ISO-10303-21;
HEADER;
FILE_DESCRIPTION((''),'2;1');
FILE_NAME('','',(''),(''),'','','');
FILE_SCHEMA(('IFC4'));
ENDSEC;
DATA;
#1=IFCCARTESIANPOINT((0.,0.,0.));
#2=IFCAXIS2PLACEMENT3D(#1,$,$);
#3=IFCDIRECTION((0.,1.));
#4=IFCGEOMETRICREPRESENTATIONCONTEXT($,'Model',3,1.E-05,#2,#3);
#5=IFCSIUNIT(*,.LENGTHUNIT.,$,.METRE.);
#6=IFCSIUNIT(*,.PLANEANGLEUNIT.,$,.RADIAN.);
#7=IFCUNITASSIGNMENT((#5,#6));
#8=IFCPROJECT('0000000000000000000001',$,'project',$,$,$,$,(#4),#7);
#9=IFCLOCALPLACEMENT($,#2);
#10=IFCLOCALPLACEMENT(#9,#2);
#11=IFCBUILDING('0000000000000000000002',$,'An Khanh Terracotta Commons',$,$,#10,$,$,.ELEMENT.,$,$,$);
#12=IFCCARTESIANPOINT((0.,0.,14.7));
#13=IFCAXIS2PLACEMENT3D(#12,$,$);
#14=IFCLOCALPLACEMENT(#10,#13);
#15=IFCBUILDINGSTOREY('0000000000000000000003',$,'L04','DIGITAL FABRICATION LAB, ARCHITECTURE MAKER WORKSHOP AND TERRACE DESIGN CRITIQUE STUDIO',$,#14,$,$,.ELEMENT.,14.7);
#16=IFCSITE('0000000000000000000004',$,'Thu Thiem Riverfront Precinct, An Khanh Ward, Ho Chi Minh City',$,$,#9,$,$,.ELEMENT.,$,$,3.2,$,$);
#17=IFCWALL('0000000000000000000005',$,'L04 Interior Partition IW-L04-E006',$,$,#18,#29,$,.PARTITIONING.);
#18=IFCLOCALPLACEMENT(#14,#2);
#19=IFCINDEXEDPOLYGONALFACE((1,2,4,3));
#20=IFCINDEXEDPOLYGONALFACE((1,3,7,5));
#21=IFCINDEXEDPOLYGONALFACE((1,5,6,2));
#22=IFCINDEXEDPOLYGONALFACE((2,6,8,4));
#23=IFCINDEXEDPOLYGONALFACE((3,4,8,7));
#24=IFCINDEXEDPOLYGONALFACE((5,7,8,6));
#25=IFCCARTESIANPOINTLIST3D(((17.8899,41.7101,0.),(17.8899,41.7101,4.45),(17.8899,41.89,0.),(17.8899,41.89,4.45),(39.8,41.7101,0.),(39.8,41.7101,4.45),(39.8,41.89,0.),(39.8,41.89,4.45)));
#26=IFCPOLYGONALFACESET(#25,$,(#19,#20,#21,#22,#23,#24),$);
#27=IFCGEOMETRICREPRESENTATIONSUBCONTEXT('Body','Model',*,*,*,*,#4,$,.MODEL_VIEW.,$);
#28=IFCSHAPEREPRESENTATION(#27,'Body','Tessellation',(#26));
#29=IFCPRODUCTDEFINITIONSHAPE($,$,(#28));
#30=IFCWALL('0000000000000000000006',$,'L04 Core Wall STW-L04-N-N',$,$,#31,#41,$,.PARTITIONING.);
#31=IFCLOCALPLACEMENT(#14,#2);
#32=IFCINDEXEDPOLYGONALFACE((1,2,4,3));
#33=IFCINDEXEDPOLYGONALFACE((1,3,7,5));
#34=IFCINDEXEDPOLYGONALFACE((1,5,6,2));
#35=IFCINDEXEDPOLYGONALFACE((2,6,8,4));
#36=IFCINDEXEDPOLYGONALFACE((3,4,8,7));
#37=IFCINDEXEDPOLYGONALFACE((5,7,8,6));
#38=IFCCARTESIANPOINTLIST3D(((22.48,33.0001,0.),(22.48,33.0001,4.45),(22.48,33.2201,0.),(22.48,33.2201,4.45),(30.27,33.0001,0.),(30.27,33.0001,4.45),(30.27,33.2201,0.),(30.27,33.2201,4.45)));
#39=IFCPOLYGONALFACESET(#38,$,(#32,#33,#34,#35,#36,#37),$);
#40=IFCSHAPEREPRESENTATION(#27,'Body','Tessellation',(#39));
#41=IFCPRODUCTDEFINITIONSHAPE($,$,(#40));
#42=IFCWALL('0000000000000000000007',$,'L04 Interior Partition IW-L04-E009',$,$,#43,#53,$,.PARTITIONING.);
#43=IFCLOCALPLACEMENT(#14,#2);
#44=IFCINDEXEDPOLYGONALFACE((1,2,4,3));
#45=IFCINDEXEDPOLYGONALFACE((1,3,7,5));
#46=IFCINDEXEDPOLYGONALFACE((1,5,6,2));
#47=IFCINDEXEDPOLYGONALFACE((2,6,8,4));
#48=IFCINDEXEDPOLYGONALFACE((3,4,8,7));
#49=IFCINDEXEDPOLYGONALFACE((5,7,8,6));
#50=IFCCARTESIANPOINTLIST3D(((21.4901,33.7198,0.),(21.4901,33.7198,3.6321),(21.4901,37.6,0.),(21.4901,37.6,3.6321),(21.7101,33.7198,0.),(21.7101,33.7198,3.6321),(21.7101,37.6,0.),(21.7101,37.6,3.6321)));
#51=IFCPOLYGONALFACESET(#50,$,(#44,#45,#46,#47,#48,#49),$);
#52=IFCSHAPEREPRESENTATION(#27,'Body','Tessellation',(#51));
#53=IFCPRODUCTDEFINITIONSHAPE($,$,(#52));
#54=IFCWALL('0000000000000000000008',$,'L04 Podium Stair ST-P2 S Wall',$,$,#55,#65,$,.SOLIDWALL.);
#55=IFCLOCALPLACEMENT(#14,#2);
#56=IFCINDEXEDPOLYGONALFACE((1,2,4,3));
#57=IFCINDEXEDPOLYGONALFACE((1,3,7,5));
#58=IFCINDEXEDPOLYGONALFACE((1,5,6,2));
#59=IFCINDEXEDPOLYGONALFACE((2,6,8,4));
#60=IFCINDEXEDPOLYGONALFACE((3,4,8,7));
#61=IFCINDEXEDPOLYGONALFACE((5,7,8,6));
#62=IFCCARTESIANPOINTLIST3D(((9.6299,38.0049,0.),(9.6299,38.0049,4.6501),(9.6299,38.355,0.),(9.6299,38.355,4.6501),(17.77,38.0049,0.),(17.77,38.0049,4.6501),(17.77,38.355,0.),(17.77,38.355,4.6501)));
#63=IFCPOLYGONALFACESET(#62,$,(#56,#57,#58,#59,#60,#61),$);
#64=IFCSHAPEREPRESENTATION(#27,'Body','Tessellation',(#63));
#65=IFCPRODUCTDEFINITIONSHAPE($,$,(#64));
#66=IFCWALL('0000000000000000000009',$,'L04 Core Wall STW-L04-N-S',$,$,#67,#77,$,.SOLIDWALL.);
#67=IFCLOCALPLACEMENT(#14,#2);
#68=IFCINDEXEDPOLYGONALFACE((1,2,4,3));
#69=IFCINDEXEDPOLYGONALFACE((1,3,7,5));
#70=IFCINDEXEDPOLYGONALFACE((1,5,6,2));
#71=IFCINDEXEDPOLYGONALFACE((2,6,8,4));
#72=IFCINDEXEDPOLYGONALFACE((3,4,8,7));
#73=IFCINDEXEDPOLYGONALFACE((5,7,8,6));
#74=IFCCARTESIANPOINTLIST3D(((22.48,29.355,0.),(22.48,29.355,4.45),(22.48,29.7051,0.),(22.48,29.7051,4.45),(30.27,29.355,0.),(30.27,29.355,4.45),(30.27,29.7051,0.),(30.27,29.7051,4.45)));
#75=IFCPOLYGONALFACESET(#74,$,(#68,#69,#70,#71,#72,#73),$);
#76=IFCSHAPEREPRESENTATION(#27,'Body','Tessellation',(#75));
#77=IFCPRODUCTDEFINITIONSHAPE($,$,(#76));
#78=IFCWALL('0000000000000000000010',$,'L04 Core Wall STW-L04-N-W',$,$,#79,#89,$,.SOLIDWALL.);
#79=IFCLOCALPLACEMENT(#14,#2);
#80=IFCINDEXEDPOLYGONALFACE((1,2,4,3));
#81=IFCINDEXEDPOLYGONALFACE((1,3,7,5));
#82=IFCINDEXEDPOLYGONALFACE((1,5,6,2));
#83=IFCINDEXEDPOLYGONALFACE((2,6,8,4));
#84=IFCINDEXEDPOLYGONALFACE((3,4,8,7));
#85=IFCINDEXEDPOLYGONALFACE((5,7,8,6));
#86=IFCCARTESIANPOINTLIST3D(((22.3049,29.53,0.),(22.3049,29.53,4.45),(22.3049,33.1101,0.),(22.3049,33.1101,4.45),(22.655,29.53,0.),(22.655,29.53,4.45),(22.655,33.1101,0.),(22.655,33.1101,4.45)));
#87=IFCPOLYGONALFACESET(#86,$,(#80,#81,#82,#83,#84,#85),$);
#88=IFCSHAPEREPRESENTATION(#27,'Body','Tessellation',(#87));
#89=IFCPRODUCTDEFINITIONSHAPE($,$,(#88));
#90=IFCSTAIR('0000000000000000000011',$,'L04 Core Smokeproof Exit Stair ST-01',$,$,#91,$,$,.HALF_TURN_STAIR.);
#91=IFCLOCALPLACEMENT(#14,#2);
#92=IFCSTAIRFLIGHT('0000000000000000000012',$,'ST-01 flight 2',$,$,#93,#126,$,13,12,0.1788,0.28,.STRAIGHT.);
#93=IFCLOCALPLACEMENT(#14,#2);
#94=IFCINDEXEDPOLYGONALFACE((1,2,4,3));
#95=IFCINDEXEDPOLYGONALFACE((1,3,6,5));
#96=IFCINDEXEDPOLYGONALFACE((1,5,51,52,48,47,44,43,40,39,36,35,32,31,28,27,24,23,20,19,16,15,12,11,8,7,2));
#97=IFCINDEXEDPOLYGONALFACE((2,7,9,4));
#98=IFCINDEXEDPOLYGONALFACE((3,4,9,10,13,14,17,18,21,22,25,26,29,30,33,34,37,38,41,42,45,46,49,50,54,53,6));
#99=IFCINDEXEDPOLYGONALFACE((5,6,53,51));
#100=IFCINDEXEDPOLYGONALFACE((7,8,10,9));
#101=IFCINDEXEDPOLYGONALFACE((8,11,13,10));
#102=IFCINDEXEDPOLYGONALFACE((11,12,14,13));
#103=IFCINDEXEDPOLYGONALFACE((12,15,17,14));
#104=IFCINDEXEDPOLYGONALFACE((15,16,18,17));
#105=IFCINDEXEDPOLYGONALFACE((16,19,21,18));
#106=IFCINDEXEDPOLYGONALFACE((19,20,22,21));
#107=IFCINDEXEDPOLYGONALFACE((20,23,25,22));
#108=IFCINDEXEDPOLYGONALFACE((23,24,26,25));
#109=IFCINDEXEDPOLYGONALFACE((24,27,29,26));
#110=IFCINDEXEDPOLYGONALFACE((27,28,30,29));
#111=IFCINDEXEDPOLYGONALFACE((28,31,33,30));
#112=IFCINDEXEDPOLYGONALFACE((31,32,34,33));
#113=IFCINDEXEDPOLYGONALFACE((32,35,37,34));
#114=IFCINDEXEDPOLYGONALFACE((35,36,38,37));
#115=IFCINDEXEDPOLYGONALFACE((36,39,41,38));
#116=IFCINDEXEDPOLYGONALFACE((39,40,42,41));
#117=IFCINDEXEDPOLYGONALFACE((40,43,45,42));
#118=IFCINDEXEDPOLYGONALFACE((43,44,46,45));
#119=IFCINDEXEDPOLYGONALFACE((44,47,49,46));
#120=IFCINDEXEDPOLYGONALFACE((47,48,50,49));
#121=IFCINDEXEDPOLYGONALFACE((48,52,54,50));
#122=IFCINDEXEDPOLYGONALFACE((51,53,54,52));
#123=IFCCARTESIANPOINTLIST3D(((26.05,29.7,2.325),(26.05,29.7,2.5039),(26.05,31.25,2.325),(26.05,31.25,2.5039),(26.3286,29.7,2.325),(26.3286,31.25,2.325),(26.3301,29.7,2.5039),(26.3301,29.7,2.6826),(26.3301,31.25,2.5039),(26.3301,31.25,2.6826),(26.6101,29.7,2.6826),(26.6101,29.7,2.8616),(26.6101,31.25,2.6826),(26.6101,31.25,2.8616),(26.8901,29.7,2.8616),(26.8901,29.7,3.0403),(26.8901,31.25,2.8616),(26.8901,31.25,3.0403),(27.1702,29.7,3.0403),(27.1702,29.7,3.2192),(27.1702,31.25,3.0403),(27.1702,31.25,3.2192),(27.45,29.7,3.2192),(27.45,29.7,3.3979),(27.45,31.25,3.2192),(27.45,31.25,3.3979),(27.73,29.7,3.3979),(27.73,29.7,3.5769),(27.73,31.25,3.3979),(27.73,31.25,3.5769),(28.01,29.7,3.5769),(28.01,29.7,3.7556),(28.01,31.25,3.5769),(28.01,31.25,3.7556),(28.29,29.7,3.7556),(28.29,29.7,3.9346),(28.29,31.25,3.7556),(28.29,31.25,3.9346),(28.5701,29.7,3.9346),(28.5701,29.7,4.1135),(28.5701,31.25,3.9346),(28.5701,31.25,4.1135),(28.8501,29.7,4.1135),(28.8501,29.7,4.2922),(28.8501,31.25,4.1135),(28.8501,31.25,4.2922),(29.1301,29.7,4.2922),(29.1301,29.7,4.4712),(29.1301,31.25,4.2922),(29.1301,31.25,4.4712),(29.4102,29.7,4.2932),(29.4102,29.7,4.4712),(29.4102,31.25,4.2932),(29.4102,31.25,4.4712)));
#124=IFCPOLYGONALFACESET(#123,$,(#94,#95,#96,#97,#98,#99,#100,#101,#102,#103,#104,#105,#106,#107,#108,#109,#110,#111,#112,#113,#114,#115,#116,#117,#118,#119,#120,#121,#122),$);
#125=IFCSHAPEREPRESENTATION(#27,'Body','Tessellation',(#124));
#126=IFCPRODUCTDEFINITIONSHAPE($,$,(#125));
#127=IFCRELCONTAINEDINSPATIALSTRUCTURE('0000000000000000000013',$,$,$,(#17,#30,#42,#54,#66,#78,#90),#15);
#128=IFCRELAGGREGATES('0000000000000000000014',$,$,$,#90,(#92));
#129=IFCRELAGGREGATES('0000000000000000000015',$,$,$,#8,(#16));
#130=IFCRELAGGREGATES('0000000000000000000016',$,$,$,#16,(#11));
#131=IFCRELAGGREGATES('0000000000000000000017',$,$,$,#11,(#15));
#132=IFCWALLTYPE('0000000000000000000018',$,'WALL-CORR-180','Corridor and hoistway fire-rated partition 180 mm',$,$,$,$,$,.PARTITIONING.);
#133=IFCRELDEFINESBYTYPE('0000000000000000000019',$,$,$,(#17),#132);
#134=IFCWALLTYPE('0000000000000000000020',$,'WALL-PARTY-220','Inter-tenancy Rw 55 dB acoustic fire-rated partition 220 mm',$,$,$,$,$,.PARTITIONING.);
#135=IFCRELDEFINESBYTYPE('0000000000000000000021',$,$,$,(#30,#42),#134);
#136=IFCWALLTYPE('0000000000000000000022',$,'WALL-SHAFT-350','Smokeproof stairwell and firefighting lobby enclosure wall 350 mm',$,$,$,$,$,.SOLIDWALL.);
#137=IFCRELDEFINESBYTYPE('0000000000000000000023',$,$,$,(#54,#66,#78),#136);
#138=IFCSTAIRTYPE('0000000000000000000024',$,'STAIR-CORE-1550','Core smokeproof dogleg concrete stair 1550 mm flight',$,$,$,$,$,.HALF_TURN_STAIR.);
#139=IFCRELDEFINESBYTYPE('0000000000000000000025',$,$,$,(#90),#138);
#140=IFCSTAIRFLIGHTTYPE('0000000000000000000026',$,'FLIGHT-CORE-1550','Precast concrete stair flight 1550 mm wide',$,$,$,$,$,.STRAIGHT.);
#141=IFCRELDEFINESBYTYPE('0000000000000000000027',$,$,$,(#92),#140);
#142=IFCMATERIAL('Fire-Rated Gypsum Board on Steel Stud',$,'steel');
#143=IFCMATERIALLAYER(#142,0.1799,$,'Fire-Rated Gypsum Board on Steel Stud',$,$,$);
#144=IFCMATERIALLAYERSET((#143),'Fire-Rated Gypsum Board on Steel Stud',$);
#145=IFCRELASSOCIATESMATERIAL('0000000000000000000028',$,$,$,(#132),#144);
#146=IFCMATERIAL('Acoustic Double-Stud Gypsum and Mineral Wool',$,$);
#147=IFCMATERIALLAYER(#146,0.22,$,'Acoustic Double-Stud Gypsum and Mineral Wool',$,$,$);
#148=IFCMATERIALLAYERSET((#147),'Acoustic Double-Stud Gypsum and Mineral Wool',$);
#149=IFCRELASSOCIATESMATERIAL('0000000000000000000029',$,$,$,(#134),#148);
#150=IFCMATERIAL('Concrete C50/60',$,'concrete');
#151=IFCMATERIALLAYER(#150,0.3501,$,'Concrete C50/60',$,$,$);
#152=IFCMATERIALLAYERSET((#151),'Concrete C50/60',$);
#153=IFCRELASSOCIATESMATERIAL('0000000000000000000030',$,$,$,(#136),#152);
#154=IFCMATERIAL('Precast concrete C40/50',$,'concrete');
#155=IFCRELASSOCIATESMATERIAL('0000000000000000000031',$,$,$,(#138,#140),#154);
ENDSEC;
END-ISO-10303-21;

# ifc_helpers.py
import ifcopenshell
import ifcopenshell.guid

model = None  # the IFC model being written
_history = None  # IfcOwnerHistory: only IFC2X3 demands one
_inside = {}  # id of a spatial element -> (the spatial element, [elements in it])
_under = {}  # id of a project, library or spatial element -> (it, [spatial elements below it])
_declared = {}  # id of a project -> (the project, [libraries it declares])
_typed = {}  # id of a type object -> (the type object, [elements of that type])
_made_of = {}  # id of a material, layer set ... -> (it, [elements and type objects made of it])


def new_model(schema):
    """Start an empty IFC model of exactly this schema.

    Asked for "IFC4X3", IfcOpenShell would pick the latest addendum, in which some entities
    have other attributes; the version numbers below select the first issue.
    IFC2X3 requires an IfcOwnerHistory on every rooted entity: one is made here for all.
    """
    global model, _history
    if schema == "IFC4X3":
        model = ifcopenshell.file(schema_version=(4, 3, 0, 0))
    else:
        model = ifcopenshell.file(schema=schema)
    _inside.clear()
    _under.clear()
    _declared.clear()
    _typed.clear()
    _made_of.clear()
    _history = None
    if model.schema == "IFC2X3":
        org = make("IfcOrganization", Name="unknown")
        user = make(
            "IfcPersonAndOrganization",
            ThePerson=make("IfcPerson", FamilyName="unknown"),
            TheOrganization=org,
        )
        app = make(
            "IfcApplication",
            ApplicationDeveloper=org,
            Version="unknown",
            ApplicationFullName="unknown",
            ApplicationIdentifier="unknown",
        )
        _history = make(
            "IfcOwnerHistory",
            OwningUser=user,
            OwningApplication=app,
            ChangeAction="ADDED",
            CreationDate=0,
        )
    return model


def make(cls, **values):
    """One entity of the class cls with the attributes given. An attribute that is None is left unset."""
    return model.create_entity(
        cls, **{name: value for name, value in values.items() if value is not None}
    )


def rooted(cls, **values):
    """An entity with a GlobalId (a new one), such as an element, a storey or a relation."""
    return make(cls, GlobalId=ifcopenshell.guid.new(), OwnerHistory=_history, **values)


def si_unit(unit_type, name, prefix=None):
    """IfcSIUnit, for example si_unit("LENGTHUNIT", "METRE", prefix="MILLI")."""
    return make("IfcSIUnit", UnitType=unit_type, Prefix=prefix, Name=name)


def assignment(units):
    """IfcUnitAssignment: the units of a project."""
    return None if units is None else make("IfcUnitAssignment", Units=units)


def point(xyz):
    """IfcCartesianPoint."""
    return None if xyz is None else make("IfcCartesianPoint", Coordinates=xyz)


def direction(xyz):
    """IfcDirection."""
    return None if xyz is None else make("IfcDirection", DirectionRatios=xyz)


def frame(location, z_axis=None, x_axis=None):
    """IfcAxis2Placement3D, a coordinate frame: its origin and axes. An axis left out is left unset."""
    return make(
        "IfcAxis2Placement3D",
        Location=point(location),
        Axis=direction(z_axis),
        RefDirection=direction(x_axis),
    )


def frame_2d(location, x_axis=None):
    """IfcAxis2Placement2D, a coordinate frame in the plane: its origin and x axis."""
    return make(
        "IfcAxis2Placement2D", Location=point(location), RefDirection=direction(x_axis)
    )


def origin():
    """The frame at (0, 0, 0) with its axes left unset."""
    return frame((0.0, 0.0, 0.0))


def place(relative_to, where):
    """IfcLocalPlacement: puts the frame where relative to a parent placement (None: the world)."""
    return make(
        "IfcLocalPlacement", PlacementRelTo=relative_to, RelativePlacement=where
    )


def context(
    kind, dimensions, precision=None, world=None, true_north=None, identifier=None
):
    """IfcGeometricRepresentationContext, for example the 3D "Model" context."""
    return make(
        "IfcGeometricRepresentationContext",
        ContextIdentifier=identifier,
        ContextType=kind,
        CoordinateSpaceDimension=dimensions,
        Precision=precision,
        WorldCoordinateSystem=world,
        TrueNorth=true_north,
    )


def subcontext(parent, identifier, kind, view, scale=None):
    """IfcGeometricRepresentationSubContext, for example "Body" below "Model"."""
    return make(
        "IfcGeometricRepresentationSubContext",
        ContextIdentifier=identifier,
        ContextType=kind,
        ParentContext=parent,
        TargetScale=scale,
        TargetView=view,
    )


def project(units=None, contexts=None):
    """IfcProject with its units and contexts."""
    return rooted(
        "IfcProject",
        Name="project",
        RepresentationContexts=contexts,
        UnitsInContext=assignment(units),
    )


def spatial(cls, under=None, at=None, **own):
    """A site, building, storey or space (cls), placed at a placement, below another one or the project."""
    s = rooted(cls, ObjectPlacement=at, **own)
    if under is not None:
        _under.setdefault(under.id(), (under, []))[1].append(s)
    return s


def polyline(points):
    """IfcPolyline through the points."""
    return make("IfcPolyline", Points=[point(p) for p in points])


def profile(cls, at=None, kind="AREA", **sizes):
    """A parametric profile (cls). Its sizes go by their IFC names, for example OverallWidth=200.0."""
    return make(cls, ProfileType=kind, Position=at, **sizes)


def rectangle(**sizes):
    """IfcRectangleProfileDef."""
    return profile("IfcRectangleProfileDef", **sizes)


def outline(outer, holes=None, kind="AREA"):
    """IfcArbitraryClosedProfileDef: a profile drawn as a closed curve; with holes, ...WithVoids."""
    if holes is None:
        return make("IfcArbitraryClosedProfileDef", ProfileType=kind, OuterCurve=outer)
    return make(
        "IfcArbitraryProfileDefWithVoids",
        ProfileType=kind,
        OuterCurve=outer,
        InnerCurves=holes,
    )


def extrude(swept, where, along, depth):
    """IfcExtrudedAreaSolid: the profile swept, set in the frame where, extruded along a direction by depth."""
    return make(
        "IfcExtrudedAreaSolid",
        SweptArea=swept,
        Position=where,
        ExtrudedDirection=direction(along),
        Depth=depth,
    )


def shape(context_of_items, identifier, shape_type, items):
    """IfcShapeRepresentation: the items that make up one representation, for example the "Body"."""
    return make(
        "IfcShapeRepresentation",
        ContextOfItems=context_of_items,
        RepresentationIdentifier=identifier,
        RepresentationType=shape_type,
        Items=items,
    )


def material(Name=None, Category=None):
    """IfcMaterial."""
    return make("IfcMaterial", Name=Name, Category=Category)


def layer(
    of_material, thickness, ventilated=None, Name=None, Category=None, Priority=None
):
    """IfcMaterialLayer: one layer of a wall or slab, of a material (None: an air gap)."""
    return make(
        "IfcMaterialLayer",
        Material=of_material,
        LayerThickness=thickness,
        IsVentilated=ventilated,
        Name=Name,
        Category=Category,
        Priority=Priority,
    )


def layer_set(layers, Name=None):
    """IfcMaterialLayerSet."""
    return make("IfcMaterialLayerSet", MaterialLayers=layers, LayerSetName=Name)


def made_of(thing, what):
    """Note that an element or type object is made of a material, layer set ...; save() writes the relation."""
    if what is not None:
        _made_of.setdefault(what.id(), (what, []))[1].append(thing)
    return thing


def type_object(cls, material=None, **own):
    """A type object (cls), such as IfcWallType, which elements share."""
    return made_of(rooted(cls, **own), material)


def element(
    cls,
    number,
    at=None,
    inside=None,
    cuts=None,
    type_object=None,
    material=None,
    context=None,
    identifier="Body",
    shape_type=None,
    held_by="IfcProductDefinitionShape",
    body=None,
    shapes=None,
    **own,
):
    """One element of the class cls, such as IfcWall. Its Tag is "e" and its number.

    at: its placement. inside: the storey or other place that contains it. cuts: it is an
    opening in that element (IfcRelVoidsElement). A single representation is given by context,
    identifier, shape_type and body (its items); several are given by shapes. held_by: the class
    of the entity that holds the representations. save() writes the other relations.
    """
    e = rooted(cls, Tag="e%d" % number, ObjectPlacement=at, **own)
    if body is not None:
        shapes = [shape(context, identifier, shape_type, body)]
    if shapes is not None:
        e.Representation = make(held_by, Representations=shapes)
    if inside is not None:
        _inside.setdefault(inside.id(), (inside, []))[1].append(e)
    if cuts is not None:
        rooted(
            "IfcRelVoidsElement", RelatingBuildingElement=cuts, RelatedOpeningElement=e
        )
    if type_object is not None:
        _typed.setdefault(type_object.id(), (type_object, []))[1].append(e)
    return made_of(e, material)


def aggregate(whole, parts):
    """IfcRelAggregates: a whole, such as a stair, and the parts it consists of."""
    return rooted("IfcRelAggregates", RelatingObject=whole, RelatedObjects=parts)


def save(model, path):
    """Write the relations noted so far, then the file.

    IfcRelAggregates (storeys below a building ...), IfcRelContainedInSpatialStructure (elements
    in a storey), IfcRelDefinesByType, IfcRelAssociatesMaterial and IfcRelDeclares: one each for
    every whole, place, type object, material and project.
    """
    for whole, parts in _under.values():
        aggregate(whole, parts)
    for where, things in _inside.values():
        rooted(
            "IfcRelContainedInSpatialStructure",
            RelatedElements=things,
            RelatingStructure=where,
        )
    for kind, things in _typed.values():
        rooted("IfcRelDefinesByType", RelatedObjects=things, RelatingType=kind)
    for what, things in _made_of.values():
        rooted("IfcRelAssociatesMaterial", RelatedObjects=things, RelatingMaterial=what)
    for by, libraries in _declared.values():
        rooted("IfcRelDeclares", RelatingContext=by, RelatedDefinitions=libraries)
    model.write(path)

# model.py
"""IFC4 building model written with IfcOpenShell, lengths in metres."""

from ifc_helpers import new_model, si_unit, direction, frame, frame_2d, origin, place, context, subcontext, project, spatial, polyline, rectangle, outline, extrude, material, layer, layer_set, type_object, element, aggregate, save


model = new_model("IFC4")

# Units and contexts
model_context = context("Model", 3, precision=1e-05, world=origin(), true_north=direction((0.0, 1.0)))
body_context = subcontext(model_context, "Body", "Model", "MODEL_VIEW")
ifc_project = project(units=[si_unit("LENGTHUNIT", "METRE"), si_unit("PLANEANGLEUNIT", "RADIAN")], contexts=[model_context])

# Site, building, storey
site_placement = place(None, origin())
site = spatial("IfcSite", under=ifc_project, at=site_placement, Name="Thu Thiem Riverfront Precinct, An Khanh Ward, Ho Chi Minh City", CompositionType="ELEMENT", RefElevation=3.2)
building_placement = place(site_placement, origin())
building = spatial("IfcBuilding", under=site, at=building_placement, Name="An Khanh Terracotta Commons", CompositionType="ELEMENT")
storey_placement = place(building_placement, frame((0.0, 0.0, 14.7)))
storey = spatial("IfcBuildingStorey", under=building, at=storey_placement, Name="L04", Description="DIGITAL FABRICATION LAB, ARCHITECTURE MAKER WORKSHOP AND TERRACE DESIGN CRITIQUE STUDIO", CompositionType="ELEMENT", Elevation=14.7)

# Shared definitions
ifc_material_1 = material(Name="Concrete C50/60", Category="concrete")

# Shared definitions
ifc_material_2 = material(Name="Fire-Rated Gypsum Board on Steel Stud", Category="steel")
ifc_layer_1 = layer(ifc_material_2, 0.1799, Name="Fire-Rated Gypsum Board on Steel Stud")
ifc_layer_set_1 = layer_set([ifc_layer_1], Name="Fire-Rated Gypsum Board on Steel Stud")
wall_type_1 = type_object("IfcWallType", Name="WALL-CORR-180", Description="Corridor and hoistway fire-rated partition 180 mm", PredefinedType="PARTITIONING", material=ifc_layer_set_1)

# Walls
wall_1_placement = place(storey_placement, frame((17.8899, 41.8, 0.0), z_axis=(0.0, 0.0, 1.0), x_axis=(1.0, 0.0, 0.0)))
element("IfcWall", 1, at=wall_1_placement, inside=storey, type_object=wall_type_1, Name="L04 Interior Partition IW-L04-E006", PredefinedType="PARTITIONING", context=body_context, shape_type="SweptSolid", body=[
    extrude(rectangle(XDim=21.9102, YDim=0.1799, at=frame_2d((10.9551, 0.0))), origin(), (0.0, 0.0, 1.0), 4.45),
])
ifc_material_3 = material(Name="Acoustic Double-Stud Gypsum and Mineral Wool")
ifc_layer_2 = layer(ifc_material_3, 0.22, Name="Acoustic Double-Stud Gypsum and Mineral Wool")
ifc_layer_set_2 = layer_set([ifc_layer_2], Name="Acoustic Double-Stud Gypsum and Mineral Wool")
wall_type_2 = type_object("IfcWallType", Name="WALL-PARTY-220", Description="Inter-tenancy Rw 55 dB acoustic fire-rated partition 220 mm", PredefinedType="PARTITIONING", material=ifc_layer_set_2)
wall_2_placement = place(storey_placement, frame((22.48, 33.1101, 0.0), z_axis=(0.0, 0.0, 1.0), x_axis=(1.0, 0.0, 0.0)))
element("IfcWall", 2, at=wall_2_placement, inside=storey, type_object=wall_type_2, Name="L04 Core Wall STW-L04-N-N", PredefinedType="PARTITIONING", context=body_context, shape_type="SweptSolid", body=[
    extrude(rectangle(XDim=7.79, YDim=0.22, at=frame_2d((3.895, 0.0))), origin(), (0.0, 0.0, 1.0), 4.45),
])
wall_3_placement = place(storey_placement, frame((21.6001, 33.72, 0.0), z_axis=(0.0, 0.0, 1.0), x_axis=(0.0, 1.0, 0.0)))
element("IfcWall", 3, at=wall_3_placement, inside=storey, type_object=wall_type_2, Name="L04 Interior Partition IW-L04-E009", PredefinedType="PARTITIONING", context=body_context, shape_type="SweptSolid", body=[
    extrude(rectangle(XDim=3.8801, YDim=0.22, at=frame_2d((1.9399, 0.0))), origin(), (0.0, 0.0, 1.0), 3.6321),
])
ifc_layer_3 = layer(ifc_material_1, 0.3501, Name="Concrete C50/60")
ifc_layer_set_3 = layer_set([ifc_layer_3], Name="Concrete C50/60")
wall_type_3 = type_object("IfcWallType", Name="WALL-SHAFT-350", Description="Smokeproof stairwell and firefighting lobby enclosure wall 350 mm", PredefinedType="SOLIDWALL", material=ifc_layer_set_3)
wall_4_placement = place(storey_placement, frame((17.77, 38.1799, 0.0), z_axis=(0.0, 0.0, 1.0), x_axis=(-1.0, 0.0, 0.0)))
element("IfcWall", 4, at=wall_4_placement, inside=storey, type_object=wall_type_3, Name="L04 Podium Stair ST-P2 S Wall", PredefinedType="SOLIDWALL", context=body_context, shape_type="SweptSolid", body=[
    extrude(rectangle(XDim=8.1401, YDim=0.3501, at=frame_2d((4.0701, 0.0))), origin(), (0.0, 0.0, 1.0), 4.6501),
])

# Walls
wall_5_placement = place(storey_placement, frame((22.48, 29.53, 0.0), z_axis=(0.0, 0.0, 1.0), x_axis=(1.0, 0.0, 0.0)))
element("IfcWall", 5, at=wall_5_placement, inside=storey, type_object=wall_type_3, Name="L04 Core Wall STW-L04-N-S", PredefinedType="SOLIDWALL", context=body_context, shape_type="SweptSolid", body=[
    extrude(rectangle(XDim=7.79, YDim=0.3501, at=frame_2d((3.895, 0.0))), origin(), (0.0, 0.0, 1.0), 4.45),
])
wall_6_placement = place(storey_placement, frame((22.48, 29.53, 0.0), z_axis=(0.0, 0.0, 1.0), x_axis=(0.0, 1.0, 0.0)))
element("IfcWall", 6, at=wall_6_placement, inside=storey, type_object=wall_type_3, Name="L04 Core Wall STW-L04-N-W", PredefinedType="SOLIDWALL", context=body_context, shape_type="SweptSolid", body=[
    extrude(rectangle(XDim=3.5801, YDim=0.3501, at=frame_2d((1.79, 0.0))), origin(), (0.0, 0.0, 1.0), 4.45),
])

# Stair, stair flight
ifc_material_4 = material(Name="Precast concrete C40/50", Category="concrete")
stair_type = type_object("IfcStairType", Name="STAIR-CORE-1550", Description="Core smokeproof dogleg concrete stair 1550 mm flight", PredefinedType="HALF_TURN_STAIR", material=ifc_material_4)
stair_placement = place(storey_placement, origin())
stair = element("IfcStair", 7, at=stair_placement, inside=storey, type_object=stair_type, Name="L04 Core Smokeproof Exit Stair ST-01", PredefinedType="HALF_TURN_STAIR")
stair_flight_type = type_object("IfcStairFlightType", Name="FLIGHT-CORE-1550", Description="Precast concrete stair flight 1550 mm wide", PredefinedType="STRAIGHT", material=ifc_material_4)
stair_flight_placement = place(storey_placement, frame((26.05, 30.4751, 2.325), z_axis=(0.0, 0.0, 1.0), x_axis=(1.0, 0.0, 0.0)))
stair_flight = element("IfcStairFlight", 8, at=stair_flight_placement, type_object=stair_flight_type, Name="ST-01 flight 2", NumberOfRisers=13, NumberOfTreads=12, PredefinedType="STRAIGHT", RiserHeight=0.1788, TreadLength=0.28, context=body_context, shape_type="SweptSolid", body=[
    extrude(outline(polyline([(0.0, 0.0), (0.0, 0.179), (0.28, 0.179), (0.28, 0.3577), (0.5601, 0.3577), (0.5601, 0.5366), (0.8401, 0.5366), (0.8401, 0.7153), (1.1201, 0.7153), (1.1201, 0.8943), (1.3999, 0.8943), (1.3999, 1.073), (1.6799, 1.073), (1.6799, 1.252), (1.96, 1.252), (1.96, 1.4307), (2.24, 1.4307), (2.24, 1.6096), (2.52, 1.6096), (2.52, 1.7886), (2.8, 1.7886), (2.8, 1.9673), (3.0801, 1.9673), (3.0801, 2.1462), (3.3601, 2.1462), (3.3601, 2.325), (3.3601, 1.9683), (0.2786, 0.0), (0.0, 0.0)])), frame((0.0, 0.7749, 0.0), z_axis=(0.0, -1.0, 0.0), x_axis=(1.0, 0.0, 0.0)), (0.0, 0.0, 1.0), 1.55),
])
aggregate(stair, [stair_flight])

save(model, "model.ifc")
